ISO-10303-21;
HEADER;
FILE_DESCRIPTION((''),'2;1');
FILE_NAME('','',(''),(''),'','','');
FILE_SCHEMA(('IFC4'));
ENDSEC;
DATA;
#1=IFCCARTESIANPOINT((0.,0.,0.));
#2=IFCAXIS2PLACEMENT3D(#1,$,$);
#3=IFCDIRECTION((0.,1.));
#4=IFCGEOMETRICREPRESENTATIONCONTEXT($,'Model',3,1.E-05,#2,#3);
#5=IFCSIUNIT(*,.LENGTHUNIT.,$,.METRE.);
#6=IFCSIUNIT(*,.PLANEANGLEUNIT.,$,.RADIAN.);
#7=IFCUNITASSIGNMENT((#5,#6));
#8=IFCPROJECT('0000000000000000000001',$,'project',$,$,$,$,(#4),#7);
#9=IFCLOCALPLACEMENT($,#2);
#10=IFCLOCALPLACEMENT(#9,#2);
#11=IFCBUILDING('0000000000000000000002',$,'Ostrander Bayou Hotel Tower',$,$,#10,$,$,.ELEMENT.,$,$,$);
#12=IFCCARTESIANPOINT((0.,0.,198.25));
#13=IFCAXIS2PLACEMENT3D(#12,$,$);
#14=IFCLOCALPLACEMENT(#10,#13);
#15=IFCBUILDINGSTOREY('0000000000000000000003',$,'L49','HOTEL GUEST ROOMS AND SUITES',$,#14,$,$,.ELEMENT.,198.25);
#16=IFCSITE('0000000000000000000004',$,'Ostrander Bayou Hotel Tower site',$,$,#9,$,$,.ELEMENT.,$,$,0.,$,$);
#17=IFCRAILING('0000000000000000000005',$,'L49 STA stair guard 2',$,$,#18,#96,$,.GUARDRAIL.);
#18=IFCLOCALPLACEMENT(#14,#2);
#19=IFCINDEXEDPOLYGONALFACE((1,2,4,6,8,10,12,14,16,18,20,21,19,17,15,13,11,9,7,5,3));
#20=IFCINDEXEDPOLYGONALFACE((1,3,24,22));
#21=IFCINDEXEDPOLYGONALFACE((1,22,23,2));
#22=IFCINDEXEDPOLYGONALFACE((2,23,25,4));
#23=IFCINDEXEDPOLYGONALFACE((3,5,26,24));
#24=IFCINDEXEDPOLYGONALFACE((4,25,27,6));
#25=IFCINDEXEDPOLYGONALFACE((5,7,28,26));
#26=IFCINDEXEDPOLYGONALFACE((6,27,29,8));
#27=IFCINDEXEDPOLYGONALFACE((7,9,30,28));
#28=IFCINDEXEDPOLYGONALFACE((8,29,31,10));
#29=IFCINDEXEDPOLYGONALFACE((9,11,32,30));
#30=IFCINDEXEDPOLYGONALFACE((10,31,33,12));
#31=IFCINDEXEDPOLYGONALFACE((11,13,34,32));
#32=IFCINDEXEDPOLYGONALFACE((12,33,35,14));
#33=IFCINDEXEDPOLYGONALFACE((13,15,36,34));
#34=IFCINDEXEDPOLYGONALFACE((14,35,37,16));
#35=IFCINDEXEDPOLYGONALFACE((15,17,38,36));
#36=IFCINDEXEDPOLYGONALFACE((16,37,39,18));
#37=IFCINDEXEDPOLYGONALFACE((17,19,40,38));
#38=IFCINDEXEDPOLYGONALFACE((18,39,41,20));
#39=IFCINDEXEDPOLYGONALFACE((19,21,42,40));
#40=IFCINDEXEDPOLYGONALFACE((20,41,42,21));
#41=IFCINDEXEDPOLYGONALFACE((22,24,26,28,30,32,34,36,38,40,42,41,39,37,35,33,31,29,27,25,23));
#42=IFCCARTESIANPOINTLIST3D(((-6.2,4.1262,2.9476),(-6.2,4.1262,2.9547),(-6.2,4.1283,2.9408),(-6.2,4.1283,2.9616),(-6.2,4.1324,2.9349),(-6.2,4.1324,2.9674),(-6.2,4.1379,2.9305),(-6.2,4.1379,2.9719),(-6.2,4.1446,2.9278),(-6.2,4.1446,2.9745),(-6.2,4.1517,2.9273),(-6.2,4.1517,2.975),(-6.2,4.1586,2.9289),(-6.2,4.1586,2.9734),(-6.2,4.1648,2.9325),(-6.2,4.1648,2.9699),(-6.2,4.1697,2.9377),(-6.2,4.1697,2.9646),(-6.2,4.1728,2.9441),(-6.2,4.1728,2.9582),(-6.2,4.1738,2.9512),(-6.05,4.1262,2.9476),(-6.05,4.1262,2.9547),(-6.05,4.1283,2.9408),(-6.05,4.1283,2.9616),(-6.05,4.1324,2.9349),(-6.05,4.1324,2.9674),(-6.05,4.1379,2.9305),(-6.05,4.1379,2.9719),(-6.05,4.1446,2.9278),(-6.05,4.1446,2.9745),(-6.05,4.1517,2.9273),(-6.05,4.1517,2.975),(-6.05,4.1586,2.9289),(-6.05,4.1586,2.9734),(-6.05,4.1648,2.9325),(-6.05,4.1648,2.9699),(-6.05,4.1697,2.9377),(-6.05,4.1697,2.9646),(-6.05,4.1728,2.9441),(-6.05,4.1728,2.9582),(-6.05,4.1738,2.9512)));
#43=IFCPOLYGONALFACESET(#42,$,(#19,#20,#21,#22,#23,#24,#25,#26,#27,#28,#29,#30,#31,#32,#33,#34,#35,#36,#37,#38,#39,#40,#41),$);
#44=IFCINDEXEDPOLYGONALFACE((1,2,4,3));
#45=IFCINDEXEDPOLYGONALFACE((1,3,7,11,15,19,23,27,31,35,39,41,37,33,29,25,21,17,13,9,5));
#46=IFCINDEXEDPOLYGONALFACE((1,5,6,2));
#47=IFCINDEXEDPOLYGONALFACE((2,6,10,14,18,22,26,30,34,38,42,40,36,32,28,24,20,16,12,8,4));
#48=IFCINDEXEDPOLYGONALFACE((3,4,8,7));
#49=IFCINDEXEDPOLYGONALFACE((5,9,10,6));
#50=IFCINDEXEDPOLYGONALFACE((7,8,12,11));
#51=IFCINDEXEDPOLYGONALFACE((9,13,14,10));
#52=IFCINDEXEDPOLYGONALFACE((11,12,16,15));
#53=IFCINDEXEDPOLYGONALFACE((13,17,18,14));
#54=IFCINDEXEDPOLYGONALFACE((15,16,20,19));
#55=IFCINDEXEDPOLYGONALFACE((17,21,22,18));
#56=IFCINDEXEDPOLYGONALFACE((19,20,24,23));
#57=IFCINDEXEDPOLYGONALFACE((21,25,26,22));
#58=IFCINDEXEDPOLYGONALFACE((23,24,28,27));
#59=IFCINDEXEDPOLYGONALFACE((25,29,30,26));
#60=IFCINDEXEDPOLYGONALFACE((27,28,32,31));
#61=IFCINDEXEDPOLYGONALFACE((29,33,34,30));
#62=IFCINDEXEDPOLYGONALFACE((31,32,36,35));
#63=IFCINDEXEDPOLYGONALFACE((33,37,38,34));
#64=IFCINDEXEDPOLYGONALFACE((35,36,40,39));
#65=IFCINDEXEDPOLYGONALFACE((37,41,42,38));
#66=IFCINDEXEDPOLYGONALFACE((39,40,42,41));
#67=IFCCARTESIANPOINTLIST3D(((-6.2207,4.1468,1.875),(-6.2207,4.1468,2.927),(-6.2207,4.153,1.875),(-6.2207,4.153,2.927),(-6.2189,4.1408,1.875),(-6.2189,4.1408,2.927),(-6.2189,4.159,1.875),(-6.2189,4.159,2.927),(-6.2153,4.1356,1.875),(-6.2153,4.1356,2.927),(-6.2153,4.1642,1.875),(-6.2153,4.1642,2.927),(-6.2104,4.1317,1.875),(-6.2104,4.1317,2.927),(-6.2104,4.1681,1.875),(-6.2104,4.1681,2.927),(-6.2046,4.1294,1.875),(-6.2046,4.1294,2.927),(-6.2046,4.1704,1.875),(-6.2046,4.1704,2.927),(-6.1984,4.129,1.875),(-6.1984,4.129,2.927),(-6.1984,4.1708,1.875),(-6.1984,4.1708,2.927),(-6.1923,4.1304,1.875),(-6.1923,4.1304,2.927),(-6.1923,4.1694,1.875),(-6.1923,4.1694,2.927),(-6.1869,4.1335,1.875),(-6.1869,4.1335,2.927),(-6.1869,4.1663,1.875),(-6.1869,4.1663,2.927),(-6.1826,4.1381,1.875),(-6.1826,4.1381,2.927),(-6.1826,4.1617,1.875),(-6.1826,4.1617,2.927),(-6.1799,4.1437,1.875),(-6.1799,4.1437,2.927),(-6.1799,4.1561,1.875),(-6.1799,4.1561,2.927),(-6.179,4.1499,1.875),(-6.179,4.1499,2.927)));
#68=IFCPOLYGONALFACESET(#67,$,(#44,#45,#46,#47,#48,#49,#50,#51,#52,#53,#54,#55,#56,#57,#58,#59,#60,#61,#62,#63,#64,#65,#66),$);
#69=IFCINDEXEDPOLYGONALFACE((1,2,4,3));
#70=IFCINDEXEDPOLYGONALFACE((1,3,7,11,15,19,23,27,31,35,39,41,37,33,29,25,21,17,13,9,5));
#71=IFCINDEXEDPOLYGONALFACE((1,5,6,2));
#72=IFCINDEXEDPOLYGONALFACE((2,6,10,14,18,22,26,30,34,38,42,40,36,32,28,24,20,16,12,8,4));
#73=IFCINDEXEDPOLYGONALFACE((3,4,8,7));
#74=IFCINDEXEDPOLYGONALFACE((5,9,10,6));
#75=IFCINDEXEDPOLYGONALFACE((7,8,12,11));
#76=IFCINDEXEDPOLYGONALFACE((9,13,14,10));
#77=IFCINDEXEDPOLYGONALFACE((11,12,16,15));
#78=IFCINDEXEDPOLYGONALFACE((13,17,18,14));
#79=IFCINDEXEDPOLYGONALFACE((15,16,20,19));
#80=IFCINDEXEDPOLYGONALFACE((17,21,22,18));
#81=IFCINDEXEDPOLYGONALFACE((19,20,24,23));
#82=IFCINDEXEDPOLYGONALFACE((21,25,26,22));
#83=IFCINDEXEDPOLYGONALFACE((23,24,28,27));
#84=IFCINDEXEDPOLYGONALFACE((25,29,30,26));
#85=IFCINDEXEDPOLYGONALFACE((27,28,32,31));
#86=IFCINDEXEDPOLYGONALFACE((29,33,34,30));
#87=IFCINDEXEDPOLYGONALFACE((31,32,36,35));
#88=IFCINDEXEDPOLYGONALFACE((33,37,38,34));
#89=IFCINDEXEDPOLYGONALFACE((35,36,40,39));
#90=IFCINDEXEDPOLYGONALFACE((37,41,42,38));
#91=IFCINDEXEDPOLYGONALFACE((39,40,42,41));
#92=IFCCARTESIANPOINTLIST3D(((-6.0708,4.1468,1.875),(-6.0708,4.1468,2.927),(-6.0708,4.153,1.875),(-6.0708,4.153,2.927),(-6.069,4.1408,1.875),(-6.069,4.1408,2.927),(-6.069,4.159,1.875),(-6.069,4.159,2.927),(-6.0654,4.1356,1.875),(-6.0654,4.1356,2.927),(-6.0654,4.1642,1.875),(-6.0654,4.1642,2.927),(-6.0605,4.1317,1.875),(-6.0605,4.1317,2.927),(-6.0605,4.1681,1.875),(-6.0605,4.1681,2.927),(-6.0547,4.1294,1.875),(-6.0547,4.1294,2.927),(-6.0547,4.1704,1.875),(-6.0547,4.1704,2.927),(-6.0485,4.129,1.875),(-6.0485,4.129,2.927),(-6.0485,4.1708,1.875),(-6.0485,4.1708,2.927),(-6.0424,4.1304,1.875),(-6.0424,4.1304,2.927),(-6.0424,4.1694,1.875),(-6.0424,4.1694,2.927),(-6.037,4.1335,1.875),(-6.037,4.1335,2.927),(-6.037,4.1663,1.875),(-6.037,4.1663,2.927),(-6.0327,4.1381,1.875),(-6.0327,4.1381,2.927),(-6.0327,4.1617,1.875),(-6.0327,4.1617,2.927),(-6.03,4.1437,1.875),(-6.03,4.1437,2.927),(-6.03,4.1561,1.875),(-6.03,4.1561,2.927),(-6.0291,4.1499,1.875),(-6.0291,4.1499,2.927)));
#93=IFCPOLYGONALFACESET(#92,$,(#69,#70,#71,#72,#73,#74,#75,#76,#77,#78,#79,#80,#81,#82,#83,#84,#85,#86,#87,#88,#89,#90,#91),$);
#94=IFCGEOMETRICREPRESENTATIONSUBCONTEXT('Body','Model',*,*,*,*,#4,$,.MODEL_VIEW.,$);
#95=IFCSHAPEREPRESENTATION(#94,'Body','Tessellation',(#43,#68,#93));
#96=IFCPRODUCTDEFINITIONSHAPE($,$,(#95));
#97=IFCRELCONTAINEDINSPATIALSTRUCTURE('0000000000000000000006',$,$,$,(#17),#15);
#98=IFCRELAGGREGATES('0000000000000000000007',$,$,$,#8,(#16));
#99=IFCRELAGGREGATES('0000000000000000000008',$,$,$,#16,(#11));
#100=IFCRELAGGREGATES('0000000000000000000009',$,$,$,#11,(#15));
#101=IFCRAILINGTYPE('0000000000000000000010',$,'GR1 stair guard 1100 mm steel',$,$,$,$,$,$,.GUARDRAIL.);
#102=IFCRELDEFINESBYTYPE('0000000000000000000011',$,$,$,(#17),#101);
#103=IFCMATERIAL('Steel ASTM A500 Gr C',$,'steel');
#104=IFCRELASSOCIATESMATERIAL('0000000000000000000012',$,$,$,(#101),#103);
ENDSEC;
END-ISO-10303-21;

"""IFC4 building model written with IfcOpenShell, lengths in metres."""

from ifc_helpers import new_model, si_unit, direction, frame, origin, origin_2d, place, context, subcontext, project, spatial, circle, extrude, material, type_object, element, save


model = new_model("IFC4")

# Units and contexts
model_context = context("Model", 3, precision=1e-05, world=origin(), true_north=direction((0.0, 1.0)))
body_context = subcontext(model_context, "Body", "Model", "MODEL_VIEW")
ifc_project = project(units=[si_unit("LENGTHUNIT", "METRE"), si_unit("PLANEANGLEUNIT", "RADIAN")], contexts=[model_context])

# Site, building, storey
site_placement = place(None, origin())
site = spatial("IfcSite", under=ifc_project, at=site_placement, Name="Ostrander Bayou Hotel Tower site", CompositionType="ELEMENT", RefElevation=0.0)
building_placement = place(site_placement, origin())
building = spatial("IfcBuilding", under=site, at=building_placement, Name="Ostrander Bayou Hotel Tower", CompositionType="ELEMENT")
storey_placement = place(building_placement, frame((0.0, 0.0, 198.25)))
storey = spatial("IfcBuildingStorey", under=building, at=storey_placement, Name="L49", Description="HOTEL GUEST ROOMS AND SUITES", CompositionType="ELEMENT", Elevation=198.25)

# Railing
ifc_material_1 = material(Name="Steel ASTM A500 Gr C", Category="steel")
railing_type_1 = type_object("IfcRailingType", Name="GR1 stair guard 1100 mm steel", PredefinedType="GUARDRAIL", material=ifc_material_1)
railing_1_placement = place(storey_placement, frame((-6.2, 4.1499, 1.875)))
element("IfcRailing", 1, at=railing_1_placement, inside=storey, type_object=railing_type_1, Name="L49 STA stair guard 2", PredefinedType="GUARDRAIL", context=body_context, shape_type="SweptSolid", body=[
    extrude(circle(Radius=0.0239, at=origin_2d()), frame((0.0, 0.0, 1.0762), z_axis=(1.0, 0.0, 0.0), x_axis=(0.0, 1.0, 0.0)), (0.0, 0.0, 1.0), 0.1499),
    extrude(circle(Radius=0.021, at=origin_2d()), origin(), (0.0, 0.0, 1.0), 1.052),
    extrude(circle(Radius=0.021, at=origin_2d()), frame((0.1499, 0.0, 0.0)), (0.0, 0.0, 1.0), 1.052),
])

save(model, "model.ifc")
